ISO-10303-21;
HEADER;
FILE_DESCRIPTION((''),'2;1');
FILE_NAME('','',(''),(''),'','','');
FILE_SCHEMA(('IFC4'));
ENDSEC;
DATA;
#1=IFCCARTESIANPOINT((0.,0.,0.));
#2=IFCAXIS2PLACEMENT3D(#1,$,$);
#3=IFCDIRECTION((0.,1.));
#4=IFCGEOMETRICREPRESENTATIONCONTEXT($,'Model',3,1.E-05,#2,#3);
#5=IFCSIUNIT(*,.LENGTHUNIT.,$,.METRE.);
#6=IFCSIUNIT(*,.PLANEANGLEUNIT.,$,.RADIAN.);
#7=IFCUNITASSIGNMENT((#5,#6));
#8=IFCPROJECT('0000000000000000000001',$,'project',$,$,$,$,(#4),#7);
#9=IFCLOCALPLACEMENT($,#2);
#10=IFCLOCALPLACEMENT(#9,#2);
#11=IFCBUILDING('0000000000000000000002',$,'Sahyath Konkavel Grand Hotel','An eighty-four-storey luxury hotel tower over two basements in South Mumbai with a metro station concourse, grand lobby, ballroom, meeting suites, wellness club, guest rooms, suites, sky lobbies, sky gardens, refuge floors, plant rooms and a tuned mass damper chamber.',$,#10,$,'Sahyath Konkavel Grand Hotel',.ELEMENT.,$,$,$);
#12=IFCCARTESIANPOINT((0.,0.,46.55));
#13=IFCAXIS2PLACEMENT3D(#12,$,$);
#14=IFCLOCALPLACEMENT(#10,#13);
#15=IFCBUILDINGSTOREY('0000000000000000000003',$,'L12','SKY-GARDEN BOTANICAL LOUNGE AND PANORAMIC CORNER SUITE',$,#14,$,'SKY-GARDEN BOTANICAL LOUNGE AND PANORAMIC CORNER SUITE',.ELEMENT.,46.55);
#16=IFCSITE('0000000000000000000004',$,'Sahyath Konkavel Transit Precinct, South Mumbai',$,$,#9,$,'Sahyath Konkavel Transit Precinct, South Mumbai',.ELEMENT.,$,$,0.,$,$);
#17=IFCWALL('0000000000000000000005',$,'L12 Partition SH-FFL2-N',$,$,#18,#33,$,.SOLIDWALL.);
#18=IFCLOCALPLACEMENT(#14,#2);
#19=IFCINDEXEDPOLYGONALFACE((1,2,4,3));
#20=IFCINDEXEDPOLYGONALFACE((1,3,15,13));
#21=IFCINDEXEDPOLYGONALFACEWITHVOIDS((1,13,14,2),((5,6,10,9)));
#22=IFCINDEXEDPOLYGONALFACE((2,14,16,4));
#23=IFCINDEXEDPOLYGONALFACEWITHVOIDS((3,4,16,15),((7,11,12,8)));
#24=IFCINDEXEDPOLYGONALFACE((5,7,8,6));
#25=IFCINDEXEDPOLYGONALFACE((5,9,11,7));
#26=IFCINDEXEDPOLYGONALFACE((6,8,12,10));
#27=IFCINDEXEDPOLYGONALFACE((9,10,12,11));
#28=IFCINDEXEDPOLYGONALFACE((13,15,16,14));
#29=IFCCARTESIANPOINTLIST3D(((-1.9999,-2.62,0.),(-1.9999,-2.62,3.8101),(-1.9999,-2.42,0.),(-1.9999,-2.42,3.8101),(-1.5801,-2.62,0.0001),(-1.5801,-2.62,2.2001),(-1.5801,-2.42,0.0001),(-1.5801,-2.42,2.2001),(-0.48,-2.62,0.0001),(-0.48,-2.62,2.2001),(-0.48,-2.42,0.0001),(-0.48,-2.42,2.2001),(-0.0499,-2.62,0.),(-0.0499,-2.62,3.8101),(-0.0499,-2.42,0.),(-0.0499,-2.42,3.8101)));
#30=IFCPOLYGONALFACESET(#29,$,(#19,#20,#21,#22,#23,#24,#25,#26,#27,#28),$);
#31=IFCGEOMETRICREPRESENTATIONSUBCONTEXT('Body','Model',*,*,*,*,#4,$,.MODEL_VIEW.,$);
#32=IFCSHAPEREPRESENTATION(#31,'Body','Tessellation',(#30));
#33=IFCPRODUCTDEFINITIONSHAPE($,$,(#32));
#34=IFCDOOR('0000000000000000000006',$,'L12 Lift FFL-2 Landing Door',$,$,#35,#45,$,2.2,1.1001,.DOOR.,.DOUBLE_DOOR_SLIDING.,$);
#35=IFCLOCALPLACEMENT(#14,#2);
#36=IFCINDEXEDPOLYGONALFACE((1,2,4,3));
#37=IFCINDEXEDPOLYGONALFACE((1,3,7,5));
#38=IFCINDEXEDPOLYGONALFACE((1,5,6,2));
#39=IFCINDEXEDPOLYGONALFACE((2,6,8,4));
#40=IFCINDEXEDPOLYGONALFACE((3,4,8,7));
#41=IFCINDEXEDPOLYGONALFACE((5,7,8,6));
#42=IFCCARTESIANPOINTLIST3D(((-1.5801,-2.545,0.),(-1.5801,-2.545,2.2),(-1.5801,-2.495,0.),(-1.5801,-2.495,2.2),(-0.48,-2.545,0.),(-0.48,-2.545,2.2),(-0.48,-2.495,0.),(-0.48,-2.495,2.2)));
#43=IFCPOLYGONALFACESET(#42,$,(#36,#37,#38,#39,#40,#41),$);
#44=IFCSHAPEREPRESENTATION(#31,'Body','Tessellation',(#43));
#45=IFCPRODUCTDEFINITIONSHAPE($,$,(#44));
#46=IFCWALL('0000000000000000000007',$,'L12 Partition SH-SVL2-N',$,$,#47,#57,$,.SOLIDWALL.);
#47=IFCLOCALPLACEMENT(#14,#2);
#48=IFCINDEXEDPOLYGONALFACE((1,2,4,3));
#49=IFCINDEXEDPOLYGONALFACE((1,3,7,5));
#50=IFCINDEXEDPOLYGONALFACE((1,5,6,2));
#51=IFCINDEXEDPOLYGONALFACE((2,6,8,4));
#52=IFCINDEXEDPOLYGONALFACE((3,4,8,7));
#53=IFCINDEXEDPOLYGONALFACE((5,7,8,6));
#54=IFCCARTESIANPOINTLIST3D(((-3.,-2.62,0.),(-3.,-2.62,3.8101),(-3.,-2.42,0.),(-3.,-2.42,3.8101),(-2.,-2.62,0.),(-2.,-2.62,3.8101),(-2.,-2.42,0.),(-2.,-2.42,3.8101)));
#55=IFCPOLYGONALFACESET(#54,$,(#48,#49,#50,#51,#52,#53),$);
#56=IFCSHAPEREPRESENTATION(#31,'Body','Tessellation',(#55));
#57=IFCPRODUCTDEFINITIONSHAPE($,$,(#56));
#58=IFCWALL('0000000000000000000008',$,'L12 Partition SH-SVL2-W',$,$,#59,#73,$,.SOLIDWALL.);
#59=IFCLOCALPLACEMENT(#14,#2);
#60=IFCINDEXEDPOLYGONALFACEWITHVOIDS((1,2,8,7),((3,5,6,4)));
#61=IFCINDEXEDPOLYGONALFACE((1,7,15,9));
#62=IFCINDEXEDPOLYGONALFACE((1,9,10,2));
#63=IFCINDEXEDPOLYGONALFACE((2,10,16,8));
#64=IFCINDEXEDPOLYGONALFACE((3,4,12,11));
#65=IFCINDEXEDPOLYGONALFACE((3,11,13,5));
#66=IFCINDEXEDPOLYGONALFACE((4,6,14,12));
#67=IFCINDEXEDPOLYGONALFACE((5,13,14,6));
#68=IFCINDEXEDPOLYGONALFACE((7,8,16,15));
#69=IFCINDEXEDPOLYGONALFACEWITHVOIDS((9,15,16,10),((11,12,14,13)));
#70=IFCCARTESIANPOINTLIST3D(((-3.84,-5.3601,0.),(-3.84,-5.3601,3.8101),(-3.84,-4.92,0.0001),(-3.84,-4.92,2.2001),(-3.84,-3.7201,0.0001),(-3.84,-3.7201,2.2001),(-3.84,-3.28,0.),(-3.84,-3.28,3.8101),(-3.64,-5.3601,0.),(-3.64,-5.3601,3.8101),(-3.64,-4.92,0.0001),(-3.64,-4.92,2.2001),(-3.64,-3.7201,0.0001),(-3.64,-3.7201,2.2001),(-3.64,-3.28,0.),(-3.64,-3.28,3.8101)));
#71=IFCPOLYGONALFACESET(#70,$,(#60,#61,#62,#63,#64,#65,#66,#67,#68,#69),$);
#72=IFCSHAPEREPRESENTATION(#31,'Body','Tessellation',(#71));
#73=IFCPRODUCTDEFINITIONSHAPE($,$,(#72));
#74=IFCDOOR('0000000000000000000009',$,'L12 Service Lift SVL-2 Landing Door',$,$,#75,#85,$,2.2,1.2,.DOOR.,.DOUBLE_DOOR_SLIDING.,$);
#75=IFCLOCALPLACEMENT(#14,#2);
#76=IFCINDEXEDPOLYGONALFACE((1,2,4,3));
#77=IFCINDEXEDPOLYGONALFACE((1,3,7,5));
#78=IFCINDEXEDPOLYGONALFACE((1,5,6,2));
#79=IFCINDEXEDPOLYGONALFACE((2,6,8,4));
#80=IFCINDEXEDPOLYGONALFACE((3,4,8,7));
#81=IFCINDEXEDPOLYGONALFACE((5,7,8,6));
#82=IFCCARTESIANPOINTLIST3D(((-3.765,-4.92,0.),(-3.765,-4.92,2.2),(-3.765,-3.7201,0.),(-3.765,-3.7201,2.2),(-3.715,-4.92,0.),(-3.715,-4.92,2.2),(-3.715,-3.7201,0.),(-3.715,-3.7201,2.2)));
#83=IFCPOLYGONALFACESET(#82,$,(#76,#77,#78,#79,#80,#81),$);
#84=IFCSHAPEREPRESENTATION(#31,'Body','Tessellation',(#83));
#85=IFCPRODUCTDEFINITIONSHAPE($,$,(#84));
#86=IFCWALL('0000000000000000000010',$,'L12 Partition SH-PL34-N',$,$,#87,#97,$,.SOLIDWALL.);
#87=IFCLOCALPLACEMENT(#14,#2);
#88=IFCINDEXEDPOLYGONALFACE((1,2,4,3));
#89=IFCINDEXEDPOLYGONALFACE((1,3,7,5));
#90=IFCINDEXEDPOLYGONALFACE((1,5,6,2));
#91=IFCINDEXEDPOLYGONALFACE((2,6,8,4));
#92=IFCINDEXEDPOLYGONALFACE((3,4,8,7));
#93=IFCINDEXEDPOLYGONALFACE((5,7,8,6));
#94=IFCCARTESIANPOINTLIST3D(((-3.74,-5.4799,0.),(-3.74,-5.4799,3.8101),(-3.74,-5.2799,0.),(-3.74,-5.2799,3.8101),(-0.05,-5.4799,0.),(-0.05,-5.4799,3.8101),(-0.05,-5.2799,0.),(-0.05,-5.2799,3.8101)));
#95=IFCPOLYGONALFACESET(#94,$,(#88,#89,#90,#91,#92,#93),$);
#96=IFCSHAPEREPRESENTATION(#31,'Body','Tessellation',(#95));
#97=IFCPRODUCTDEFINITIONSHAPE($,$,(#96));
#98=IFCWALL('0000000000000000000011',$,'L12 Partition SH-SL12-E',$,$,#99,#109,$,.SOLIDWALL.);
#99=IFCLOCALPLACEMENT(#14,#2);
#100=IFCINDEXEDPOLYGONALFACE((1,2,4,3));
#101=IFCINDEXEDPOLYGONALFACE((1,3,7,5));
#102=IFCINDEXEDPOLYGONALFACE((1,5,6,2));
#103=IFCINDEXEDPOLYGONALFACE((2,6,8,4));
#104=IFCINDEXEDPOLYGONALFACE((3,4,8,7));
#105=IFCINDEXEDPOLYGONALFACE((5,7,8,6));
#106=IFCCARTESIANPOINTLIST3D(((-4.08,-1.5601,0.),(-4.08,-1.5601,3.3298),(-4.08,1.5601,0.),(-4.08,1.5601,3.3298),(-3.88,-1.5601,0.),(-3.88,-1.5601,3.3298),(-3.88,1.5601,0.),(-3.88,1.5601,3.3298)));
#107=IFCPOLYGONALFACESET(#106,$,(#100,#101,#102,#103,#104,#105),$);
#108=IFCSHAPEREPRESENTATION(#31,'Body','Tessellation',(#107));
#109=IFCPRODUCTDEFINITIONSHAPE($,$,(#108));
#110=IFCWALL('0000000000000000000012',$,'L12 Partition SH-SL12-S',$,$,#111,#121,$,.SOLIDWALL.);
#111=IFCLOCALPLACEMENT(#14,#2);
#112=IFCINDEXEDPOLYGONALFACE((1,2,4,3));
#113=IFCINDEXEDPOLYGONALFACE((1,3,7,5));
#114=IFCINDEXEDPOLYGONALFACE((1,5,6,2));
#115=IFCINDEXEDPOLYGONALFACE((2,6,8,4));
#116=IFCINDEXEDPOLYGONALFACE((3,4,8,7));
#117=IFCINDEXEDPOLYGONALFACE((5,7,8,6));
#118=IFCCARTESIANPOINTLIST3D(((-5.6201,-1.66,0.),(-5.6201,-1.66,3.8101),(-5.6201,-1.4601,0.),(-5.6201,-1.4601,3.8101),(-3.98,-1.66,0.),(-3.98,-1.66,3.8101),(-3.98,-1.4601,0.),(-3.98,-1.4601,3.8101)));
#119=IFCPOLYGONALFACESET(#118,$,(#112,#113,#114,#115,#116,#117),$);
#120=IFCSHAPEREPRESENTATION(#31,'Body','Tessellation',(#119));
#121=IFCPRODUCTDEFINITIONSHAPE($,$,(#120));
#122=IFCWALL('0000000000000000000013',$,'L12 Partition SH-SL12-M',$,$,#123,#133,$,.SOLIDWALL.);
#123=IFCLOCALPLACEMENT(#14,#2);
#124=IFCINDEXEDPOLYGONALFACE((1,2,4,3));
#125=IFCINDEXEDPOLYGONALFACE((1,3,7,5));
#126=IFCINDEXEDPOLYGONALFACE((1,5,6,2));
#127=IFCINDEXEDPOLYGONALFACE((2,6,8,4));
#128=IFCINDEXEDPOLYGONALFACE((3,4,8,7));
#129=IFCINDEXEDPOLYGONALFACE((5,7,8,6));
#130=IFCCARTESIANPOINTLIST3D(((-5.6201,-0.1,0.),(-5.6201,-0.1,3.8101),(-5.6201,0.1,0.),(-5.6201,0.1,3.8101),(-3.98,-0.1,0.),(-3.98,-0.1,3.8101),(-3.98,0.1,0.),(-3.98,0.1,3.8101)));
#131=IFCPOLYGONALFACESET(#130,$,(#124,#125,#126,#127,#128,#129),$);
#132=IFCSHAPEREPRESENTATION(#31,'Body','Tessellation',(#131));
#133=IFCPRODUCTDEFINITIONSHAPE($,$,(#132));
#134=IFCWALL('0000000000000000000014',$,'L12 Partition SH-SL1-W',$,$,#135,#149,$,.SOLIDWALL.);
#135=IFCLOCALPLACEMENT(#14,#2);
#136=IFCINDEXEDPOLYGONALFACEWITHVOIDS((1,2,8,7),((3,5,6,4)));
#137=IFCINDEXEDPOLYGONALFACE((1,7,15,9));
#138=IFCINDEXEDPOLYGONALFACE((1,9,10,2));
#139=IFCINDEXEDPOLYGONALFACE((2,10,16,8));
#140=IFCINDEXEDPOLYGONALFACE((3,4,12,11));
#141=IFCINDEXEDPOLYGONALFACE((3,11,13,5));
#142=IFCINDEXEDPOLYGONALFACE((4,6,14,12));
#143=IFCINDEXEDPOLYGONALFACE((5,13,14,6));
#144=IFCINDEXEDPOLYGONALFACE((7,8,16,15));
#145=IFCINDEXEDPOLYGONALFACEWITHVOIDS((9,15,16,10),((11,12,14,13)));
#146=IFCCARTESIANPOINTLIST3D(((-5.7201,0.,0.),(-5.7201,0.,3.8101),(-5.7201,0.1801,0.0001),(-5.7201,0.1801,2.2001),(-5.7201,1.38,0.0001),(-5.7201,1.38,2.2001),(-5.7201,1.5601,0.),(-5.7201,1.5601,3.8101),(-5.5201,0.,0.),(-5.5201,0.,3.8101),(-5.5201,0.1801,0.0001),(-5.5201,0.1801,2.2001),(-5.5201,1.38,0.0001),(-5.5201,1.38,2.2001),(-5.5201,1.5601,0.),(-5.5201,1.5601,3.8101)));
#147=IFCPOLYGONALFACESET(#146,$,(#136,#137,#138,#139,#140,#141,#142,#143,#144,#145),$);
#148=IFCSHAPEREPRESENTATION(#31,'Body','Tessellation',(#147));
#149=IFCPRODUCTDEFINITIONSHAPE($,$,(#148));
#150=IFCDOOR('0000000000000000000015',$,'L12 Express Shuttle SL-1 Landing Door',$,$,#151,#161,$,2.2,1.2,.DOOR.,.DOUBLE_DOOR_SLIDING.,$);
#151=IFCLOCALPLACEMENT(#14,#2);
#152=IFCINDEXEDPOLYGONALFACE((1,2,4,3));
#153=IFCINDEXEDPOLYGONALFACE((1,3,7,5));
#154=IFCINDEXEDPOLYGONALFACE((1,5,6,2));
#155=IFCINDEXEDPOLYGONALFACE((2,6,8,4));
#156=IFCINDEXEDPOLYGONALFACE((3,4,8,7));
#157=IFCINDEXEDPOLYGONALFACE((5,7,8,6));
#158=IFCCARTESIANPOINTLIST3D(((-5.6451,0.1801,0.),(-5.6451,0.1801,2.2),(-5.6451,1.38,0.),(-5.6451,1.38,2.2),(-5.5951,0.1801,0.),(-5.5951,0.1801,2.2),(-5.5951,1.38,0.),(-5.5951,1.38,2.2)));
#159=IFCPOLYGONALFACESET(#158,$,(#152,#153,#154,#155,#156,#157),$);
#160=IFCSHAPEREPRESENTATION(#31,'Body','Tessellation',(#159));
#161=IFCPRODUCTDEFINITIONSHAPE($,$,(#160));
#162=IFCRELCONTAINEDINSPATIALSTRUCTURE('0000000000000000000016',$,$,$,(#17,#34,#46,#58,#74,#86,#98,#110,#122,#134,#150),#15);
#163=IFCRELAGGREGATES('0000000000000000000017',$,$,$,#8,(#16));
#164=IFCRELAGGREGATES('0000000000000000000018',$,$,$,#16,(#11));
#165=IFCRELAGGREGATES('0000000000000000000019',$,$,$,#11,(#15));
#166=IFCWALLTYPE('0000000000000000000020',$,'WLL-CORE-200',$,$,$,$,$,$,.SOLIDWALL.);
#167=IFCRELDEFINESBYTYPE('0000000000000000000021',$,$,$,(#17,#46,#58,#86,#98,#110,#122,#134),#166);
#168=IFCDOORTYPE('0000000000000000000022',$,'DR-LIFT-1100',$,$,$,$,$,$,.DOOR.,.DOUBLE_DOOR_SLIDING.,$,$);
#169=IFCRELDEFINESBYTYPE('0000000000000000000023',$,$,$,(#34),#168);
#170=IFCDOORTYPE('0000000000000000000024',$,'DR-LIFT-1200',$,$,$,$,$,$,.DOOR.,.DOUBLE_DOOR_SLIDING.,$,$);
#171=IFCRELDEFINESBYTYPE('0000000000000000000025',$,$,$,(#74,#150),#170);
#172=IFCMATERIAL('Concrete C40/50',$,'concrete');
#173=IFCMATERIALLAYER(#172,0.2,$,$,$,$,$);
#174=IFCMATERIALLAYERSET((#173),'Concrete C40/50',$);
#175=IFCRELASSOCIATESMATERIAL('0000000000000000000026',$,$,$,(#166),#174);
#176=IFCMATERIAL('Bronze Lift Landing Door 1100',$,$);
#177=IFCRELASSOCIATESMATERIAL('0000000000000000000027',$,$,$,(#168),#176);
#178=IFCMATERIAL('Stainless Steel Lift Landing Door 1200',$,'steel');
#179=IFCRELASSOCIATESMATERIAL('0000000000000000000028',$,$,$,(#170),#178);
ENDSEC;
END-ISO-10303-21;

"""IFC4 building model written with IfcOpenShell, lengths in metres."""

from ifc_helpers import new_model, si_unit, direction, frame, frame_2d, origin, origin_2d, place, context, subcontext, project, spatial, rectangle, extrude, source, transform, mapped, material, layer, layer_set, type_object, element, fill, save


model = new_model("IFC4")

# Units and contexts
model_context = context("Model", 3, precision=1e-05, world=origin(), true_north=direction((0.0, 1.0)))
body_context = subcontext(model_context, "Body", "Model", "MODEL_VIEW")
ifc_project = project(units=[si_unit("LENGTHUNIT", "METRE"), si_unit("PLANEANGLEUNIT", "RADIAN")], contexts=[model_context])

# Site, building, storey
site_placement = place(None, origin())
site = spatial("IfcSite", under=ifc_project, at=site_placement, Name="Sahyath Konkavel Transit Precinct, South Mumbai", LongName="Sahyath Konkavel Transit Precinct, South Mumbai", CompositionType="ELEMENT", RefElevation=0.0)
building_placement = place(site_placement, origin())
building = spatial("IfcBuilding", under=site, at=building_placement, Name="Sahyath Konkavel Grand Hotel", Description="An eighty-four-storey luxury hotel tower over two basements in South Mumbai with a metro station concourse, grand lobby, ballroom, meeting suites, wellness club, guest rooms, suites, sky lobbies, sky gardens, refuge floors, plant rooms and a tuned mass damper chamber.", LongName="Sahyath Konkavel Grand Hotel", CompositionType="ELEMENT")
storey_placement = place(building_placement, frame((0.0, 0.0, 46.55)))
storey = spatial("IfcBuildingStorey", under=building, at=storey_placement, Name="L12", Description="SKY-GARDEN BOTANICAL LOUNGE AND PANORAMIC CORNER SUITE", LongName="SKY-GARDEN BOTANICAL LOUNGE AND PANORAMIC CORNER SUITE", CompositionType="ELEMENT", Elevation=46.55)

# Shared definitions
ifc_material_1 = material(Name="Concrete C40/50", Category="concrete")
ifc_layer_1 = layer(ifc_material_1, 0.2)
ifc_layer_set_1 = layer_set([ifc_layer_1], Name="Concrete C40/50")
wall_type_1 = type_object("IfcWallType", Name="WLL-CORE-200", PredefinedType="SOLIDWALL", material=ifc_layer_set_1)

# Wall, opening, door
wall_1_placement = place(storey_placement, frame((-2.0, -2.52, 0.0), z_axis=(0.0, 0.0, 1.0), x_axis=(1.0, 0.0, 0.0)))
wall_1 = element("IfcWall", 1, at=wall_1_placement, inside=storey, type_object=wall_type_1, Name="L12 Partition SH-FFL2-N", PredefinedType="SOLIDWALL", context=body_context, shape_type="SweptSolid", body=[
    extrude(rectangle(XDim=1.95, YDim=0.2, at=frame_2d((0.9751, 0.0))), origin(), (0.0, 0.0, 1.0), 3.8101),
])
opening_1_placement = place(wall_1_placement, frame((0.4199, 0.0, 0.0)))
opening_1 = element("IfcOpeningElement", 2, at=opening_1_placement, cuts=wall_1, PredefinedType="OPENING", context=body_context, shape_type="SweptSolid", body=[
    extrude(rectangle(XDim=1.1001, YDim=2.2, at=frame_2d((0.55, 1.1001))), frame((0.0, 0.1099, 0.0), z_axis=(0.0, -1.0, 0.0), x_axis=(1.0, 0.0, 0.0)), (0.0, 0.0, 1.0), 0.22),
])
ifc_material_2 = material(Name="Bronze Lift Landing Door 1100")
door_type_1 = type_object("IfcDoorType", Name="DR-LIFT-1100", OperationType="DOUBLE_DOOR_SLIDING", PredefinedType="DOOR", material=ifc_material_2)
shared_shape_1 = source(origin(), body_context, "Body", "SweptSolid", [
    extrude(rectangle(XDim=1.1001, YDim=0.05, at=origin_2d()), origin(), (0.0, 0.0, 1.0), 2.2),
])
door_1_placement = place(opening_1_placement, frame((0.55, 0.0, 0.0)))
door_1 = element("IfcDoor", 3, at=door_1_placement, inside=storey, type_object=door_type_1, Name="L12 Lift FFL-2 Landing Door", OperationType="DOUBLE_DOOR_SLIDING", OverallHeight=2.2, OverallWidth=1.1001, PredefinedType="DOOR", context=body_context, shape_type="MappedRepresentation", body=[
    mapped(shared_shape_1, transform((0.0, 0.0, 0.0), scale=1.0)),
])
fill(opening_1, door_1)

# Wall
wall_2_placement = place(storey_placement, frame((-3.0, -2.52, 0.0), z_axis=(0.0, 0.0, 1.0), x_axis=(1.0, 0.0, 0.0)))
element("IfcWall", 4, at=wall_2_placement, inside=storey, type_object=wall_type_1, Name="L12 Partition SH-SVL2-N", PredefinedType="SOLIDWALL", context=body_context, shape_type="SweptSolid", body=[
    extrude(rectangle(XDim=1.0, YDim=0.2, at=frame_2d((0.5, 0.0))), origin(), (0.0, 0.0, 1.0), 3.8101),
])

# Wall, opening, door
wall_3_placement = place(storey_placement, frame((-3.74, -5.3601, 0.0), z_axis=(0.0, 0.0, 1.0), x_axis=(0.0, 1.0, 0.0)))
wall_3 = element("IfcWall", 5, at=wall_3_placement, inside=storey, type_object=wall_type_1, Name="L12 Partition SH-SVL2-W", PredefinedType="SOLIDWALL", context=body_context, shape_type="SweptSolid", body=[
    extrude(rectangle(XDim=2.0801, YDim=0.2, at=frame_2d((1.04, 0.0))), origin(), (0.0, 0.0, 1.0), 3.8101),
])
opening_2_placement = place(wall_3_placement, frame((0.4399, 0.0, 0.0)))
opening_2 = element("IfcOpeningElement", 6, at=opening_2_placement, cuts=wall_3, PredefinedType="OPENING", context=body_context, shape_type="SweptSolid", body=[
    extrude(rectangle(XDim=1.2, YDim=2.2, at=frame_2d((0.6001, 1.1001))), frame((0.0, 0.1099, 0.0), z_axis=(0.0, -1.0, 0.0), x_axis=(1.0, 0.0, 0.0)), (0.0, 0.0, 1.0), 0.22),
])
ifc_material_3 = material(Name="Stainless Steel Lift Landing Door 1200", Category="steel")
door_type_2 = type_object("IfcDoorType", Name="DR-LIFT-1200", OperationType="DOUBLE_DOOR_SLIDING", PredefinedType="DOOR", material=ifc_material_3)
shared_shape_2 = source(origin(), body_context, "Body", "SweptSolid", [
    extrude(rectangle(XDim=1.2, YDim=0.05, at=origin_2d()), origin(), (0.0, 0.0, 1.0), 2.2),
])
door_2_placement = place(opening_2_placement, frame((0.6001, 0.0, 0.0)))
door_2 = element("IfcDoor", 7, at=door_2_placement, inside=storey, type_object=door_type_2, Name="L12 Service Lift SVL-2 Landing Door", OperationType="DOUBLE_DOOR_SLIDING", OverallHeight=2.2, OverallWidth=1.2, PredefinedType="DOOR", context=body_context, shape_type="MappedRepresentation", body=[
    mapped(shared_shape_2, transform((0.0, 0.0, 0.0), scale=1.0)),
])
fill(opening_2, door_2)

# Walls
wall_4_placement = place(storey_placement, frame((-3.74, -5.3799, 0.0), z_axis=(0.0, 0.0, 1.0), x_axis=(1.0, 0.0, 0.0)))
element("IfcWall", 8, at=wall_4_placement, inside=storey, type_object=wall_type_1, Name="L12 Partition SH-PL34-N", PredefinedType="SOLIDWALL", context=body_context, shape_type="SweptSolid", body=[
    extrude(rectangle(XDim=3.6899, YDim=0.2, at=frame_2d((1.845, 0.0))), origin(), (0.0, 0.0, 1.0), 3.8101),
])
wall_5_placement = place(storey_placement, frame((-3.98, -1.5601, 0.0), z_axis=(0.0, 0.0, 1.0), x_axis=(0.0, 1.0, 0.0)))
element("IfcWall", 9, at=wall_5_placement, inside=storey, type_object=wall_type_1, Name="L12 Partition SH-SL12-E", PredefinedType="SOLIDWALL", context=body_context, shape_type="SweptSolid", body=[
    extrude(rectangle(XDim=3.1201, YDim=0.2, at=frame_2d((1.5601, 0.0))), origin(), (0.0, 0.0, 1.0), 3.3298),
])
for number, where, z_axis, x_axis, name in (
    (10, (-5.6201, -1.5601, 0.0), (0.0, 0.0, 1.0), (1.0, 0.0, 0.0), "L12 Partition SH-SL12-S"),
    (11, (-5.6201, 0.0, 0.0), (0.0, 0.0, 1.0), (1.0, 0.0, 0.0), "L12 Partition SH-SL12-M"),
):
    element("IfcWall", number, at=place(storey_placement, frame(where, z_axis=z_axis, x_axis=x_axis)), inside=storey, type_object=wall_type_1, Name=name, PredefinedType="SOLIDWALL", context=body_context, shape_type="SweptSolid", body=[
        extrude(rectangle(XDim=1.6401, YDim=0.2, at=frame_2d((0.8201, 0.0))), origin(), (0.0, 0.0, 1.0), 3.8101),
    ])

# Wall, opening, door
wall_6_placement = place(storey_placement, frame((-5.6201, 0.0, 0.0), z_axis=(0.0, 0.0, 1.0), x_axis=(0.0, 1.0, 0.0)))
wall_6 = element("IfcWall", 12, at=wall_6_placement, inside=storey, type_object=wall_type_1, Name="L12 Partition SH-SL1-W", PredefinedType="SOLIDWALL", context=body_context, shape_type="SweptSolid", body=[
    extrude(rectangle(XDim=1.5601, YDim=0.2, at=frame_2d((0.78, 0.0))), origin(), (0.0, 0.0, 1.0), 3.8101),
])
opening_3_placement = place(wall_6_placement, frame((0.1799, 0.0, 0.0)))
opening_3 = element("IfcOpeningElement", 13, at=opening_3_placement, cuts=wall_6, PredefinedType="OPENING", context=body_context, shape_type="SweptSolid", body=[
    extrude(rectangle(XDim=1.2, YDim=2.2, at=frame_2d((0.6001, 1.1001))), frame((0.0, 0.1099, 0.0), z_axis=(0.0, -1.0, 0.0), x_axis=(1.0, 0.0, 0.0)), (0.0, 0.0, 1.0), 0.22),
])
door_3_placement = place(opening_3_placement, frame((0.6001, 0.0, 0.0)))
door_3 = element("IfcDoor", 14, at=door_3_placement, inside=storey, type_object=door_type_2, Name="L12 Express Shuttle SL-1 Landing Door", OperationType="DOUBLE_DOOR_SLIDING", OverallHeight=2.2, OverallWidth=1.2, PredefinedType="DOOR", context=body_context, shape_type="MappedRepresentation", body=[
    mapped(shared_shape_2, transform((0.0, 0.0, 0.0), scale=1.0)),
])
fill(opening_3, door_3)

save(model, "model.ifc")
